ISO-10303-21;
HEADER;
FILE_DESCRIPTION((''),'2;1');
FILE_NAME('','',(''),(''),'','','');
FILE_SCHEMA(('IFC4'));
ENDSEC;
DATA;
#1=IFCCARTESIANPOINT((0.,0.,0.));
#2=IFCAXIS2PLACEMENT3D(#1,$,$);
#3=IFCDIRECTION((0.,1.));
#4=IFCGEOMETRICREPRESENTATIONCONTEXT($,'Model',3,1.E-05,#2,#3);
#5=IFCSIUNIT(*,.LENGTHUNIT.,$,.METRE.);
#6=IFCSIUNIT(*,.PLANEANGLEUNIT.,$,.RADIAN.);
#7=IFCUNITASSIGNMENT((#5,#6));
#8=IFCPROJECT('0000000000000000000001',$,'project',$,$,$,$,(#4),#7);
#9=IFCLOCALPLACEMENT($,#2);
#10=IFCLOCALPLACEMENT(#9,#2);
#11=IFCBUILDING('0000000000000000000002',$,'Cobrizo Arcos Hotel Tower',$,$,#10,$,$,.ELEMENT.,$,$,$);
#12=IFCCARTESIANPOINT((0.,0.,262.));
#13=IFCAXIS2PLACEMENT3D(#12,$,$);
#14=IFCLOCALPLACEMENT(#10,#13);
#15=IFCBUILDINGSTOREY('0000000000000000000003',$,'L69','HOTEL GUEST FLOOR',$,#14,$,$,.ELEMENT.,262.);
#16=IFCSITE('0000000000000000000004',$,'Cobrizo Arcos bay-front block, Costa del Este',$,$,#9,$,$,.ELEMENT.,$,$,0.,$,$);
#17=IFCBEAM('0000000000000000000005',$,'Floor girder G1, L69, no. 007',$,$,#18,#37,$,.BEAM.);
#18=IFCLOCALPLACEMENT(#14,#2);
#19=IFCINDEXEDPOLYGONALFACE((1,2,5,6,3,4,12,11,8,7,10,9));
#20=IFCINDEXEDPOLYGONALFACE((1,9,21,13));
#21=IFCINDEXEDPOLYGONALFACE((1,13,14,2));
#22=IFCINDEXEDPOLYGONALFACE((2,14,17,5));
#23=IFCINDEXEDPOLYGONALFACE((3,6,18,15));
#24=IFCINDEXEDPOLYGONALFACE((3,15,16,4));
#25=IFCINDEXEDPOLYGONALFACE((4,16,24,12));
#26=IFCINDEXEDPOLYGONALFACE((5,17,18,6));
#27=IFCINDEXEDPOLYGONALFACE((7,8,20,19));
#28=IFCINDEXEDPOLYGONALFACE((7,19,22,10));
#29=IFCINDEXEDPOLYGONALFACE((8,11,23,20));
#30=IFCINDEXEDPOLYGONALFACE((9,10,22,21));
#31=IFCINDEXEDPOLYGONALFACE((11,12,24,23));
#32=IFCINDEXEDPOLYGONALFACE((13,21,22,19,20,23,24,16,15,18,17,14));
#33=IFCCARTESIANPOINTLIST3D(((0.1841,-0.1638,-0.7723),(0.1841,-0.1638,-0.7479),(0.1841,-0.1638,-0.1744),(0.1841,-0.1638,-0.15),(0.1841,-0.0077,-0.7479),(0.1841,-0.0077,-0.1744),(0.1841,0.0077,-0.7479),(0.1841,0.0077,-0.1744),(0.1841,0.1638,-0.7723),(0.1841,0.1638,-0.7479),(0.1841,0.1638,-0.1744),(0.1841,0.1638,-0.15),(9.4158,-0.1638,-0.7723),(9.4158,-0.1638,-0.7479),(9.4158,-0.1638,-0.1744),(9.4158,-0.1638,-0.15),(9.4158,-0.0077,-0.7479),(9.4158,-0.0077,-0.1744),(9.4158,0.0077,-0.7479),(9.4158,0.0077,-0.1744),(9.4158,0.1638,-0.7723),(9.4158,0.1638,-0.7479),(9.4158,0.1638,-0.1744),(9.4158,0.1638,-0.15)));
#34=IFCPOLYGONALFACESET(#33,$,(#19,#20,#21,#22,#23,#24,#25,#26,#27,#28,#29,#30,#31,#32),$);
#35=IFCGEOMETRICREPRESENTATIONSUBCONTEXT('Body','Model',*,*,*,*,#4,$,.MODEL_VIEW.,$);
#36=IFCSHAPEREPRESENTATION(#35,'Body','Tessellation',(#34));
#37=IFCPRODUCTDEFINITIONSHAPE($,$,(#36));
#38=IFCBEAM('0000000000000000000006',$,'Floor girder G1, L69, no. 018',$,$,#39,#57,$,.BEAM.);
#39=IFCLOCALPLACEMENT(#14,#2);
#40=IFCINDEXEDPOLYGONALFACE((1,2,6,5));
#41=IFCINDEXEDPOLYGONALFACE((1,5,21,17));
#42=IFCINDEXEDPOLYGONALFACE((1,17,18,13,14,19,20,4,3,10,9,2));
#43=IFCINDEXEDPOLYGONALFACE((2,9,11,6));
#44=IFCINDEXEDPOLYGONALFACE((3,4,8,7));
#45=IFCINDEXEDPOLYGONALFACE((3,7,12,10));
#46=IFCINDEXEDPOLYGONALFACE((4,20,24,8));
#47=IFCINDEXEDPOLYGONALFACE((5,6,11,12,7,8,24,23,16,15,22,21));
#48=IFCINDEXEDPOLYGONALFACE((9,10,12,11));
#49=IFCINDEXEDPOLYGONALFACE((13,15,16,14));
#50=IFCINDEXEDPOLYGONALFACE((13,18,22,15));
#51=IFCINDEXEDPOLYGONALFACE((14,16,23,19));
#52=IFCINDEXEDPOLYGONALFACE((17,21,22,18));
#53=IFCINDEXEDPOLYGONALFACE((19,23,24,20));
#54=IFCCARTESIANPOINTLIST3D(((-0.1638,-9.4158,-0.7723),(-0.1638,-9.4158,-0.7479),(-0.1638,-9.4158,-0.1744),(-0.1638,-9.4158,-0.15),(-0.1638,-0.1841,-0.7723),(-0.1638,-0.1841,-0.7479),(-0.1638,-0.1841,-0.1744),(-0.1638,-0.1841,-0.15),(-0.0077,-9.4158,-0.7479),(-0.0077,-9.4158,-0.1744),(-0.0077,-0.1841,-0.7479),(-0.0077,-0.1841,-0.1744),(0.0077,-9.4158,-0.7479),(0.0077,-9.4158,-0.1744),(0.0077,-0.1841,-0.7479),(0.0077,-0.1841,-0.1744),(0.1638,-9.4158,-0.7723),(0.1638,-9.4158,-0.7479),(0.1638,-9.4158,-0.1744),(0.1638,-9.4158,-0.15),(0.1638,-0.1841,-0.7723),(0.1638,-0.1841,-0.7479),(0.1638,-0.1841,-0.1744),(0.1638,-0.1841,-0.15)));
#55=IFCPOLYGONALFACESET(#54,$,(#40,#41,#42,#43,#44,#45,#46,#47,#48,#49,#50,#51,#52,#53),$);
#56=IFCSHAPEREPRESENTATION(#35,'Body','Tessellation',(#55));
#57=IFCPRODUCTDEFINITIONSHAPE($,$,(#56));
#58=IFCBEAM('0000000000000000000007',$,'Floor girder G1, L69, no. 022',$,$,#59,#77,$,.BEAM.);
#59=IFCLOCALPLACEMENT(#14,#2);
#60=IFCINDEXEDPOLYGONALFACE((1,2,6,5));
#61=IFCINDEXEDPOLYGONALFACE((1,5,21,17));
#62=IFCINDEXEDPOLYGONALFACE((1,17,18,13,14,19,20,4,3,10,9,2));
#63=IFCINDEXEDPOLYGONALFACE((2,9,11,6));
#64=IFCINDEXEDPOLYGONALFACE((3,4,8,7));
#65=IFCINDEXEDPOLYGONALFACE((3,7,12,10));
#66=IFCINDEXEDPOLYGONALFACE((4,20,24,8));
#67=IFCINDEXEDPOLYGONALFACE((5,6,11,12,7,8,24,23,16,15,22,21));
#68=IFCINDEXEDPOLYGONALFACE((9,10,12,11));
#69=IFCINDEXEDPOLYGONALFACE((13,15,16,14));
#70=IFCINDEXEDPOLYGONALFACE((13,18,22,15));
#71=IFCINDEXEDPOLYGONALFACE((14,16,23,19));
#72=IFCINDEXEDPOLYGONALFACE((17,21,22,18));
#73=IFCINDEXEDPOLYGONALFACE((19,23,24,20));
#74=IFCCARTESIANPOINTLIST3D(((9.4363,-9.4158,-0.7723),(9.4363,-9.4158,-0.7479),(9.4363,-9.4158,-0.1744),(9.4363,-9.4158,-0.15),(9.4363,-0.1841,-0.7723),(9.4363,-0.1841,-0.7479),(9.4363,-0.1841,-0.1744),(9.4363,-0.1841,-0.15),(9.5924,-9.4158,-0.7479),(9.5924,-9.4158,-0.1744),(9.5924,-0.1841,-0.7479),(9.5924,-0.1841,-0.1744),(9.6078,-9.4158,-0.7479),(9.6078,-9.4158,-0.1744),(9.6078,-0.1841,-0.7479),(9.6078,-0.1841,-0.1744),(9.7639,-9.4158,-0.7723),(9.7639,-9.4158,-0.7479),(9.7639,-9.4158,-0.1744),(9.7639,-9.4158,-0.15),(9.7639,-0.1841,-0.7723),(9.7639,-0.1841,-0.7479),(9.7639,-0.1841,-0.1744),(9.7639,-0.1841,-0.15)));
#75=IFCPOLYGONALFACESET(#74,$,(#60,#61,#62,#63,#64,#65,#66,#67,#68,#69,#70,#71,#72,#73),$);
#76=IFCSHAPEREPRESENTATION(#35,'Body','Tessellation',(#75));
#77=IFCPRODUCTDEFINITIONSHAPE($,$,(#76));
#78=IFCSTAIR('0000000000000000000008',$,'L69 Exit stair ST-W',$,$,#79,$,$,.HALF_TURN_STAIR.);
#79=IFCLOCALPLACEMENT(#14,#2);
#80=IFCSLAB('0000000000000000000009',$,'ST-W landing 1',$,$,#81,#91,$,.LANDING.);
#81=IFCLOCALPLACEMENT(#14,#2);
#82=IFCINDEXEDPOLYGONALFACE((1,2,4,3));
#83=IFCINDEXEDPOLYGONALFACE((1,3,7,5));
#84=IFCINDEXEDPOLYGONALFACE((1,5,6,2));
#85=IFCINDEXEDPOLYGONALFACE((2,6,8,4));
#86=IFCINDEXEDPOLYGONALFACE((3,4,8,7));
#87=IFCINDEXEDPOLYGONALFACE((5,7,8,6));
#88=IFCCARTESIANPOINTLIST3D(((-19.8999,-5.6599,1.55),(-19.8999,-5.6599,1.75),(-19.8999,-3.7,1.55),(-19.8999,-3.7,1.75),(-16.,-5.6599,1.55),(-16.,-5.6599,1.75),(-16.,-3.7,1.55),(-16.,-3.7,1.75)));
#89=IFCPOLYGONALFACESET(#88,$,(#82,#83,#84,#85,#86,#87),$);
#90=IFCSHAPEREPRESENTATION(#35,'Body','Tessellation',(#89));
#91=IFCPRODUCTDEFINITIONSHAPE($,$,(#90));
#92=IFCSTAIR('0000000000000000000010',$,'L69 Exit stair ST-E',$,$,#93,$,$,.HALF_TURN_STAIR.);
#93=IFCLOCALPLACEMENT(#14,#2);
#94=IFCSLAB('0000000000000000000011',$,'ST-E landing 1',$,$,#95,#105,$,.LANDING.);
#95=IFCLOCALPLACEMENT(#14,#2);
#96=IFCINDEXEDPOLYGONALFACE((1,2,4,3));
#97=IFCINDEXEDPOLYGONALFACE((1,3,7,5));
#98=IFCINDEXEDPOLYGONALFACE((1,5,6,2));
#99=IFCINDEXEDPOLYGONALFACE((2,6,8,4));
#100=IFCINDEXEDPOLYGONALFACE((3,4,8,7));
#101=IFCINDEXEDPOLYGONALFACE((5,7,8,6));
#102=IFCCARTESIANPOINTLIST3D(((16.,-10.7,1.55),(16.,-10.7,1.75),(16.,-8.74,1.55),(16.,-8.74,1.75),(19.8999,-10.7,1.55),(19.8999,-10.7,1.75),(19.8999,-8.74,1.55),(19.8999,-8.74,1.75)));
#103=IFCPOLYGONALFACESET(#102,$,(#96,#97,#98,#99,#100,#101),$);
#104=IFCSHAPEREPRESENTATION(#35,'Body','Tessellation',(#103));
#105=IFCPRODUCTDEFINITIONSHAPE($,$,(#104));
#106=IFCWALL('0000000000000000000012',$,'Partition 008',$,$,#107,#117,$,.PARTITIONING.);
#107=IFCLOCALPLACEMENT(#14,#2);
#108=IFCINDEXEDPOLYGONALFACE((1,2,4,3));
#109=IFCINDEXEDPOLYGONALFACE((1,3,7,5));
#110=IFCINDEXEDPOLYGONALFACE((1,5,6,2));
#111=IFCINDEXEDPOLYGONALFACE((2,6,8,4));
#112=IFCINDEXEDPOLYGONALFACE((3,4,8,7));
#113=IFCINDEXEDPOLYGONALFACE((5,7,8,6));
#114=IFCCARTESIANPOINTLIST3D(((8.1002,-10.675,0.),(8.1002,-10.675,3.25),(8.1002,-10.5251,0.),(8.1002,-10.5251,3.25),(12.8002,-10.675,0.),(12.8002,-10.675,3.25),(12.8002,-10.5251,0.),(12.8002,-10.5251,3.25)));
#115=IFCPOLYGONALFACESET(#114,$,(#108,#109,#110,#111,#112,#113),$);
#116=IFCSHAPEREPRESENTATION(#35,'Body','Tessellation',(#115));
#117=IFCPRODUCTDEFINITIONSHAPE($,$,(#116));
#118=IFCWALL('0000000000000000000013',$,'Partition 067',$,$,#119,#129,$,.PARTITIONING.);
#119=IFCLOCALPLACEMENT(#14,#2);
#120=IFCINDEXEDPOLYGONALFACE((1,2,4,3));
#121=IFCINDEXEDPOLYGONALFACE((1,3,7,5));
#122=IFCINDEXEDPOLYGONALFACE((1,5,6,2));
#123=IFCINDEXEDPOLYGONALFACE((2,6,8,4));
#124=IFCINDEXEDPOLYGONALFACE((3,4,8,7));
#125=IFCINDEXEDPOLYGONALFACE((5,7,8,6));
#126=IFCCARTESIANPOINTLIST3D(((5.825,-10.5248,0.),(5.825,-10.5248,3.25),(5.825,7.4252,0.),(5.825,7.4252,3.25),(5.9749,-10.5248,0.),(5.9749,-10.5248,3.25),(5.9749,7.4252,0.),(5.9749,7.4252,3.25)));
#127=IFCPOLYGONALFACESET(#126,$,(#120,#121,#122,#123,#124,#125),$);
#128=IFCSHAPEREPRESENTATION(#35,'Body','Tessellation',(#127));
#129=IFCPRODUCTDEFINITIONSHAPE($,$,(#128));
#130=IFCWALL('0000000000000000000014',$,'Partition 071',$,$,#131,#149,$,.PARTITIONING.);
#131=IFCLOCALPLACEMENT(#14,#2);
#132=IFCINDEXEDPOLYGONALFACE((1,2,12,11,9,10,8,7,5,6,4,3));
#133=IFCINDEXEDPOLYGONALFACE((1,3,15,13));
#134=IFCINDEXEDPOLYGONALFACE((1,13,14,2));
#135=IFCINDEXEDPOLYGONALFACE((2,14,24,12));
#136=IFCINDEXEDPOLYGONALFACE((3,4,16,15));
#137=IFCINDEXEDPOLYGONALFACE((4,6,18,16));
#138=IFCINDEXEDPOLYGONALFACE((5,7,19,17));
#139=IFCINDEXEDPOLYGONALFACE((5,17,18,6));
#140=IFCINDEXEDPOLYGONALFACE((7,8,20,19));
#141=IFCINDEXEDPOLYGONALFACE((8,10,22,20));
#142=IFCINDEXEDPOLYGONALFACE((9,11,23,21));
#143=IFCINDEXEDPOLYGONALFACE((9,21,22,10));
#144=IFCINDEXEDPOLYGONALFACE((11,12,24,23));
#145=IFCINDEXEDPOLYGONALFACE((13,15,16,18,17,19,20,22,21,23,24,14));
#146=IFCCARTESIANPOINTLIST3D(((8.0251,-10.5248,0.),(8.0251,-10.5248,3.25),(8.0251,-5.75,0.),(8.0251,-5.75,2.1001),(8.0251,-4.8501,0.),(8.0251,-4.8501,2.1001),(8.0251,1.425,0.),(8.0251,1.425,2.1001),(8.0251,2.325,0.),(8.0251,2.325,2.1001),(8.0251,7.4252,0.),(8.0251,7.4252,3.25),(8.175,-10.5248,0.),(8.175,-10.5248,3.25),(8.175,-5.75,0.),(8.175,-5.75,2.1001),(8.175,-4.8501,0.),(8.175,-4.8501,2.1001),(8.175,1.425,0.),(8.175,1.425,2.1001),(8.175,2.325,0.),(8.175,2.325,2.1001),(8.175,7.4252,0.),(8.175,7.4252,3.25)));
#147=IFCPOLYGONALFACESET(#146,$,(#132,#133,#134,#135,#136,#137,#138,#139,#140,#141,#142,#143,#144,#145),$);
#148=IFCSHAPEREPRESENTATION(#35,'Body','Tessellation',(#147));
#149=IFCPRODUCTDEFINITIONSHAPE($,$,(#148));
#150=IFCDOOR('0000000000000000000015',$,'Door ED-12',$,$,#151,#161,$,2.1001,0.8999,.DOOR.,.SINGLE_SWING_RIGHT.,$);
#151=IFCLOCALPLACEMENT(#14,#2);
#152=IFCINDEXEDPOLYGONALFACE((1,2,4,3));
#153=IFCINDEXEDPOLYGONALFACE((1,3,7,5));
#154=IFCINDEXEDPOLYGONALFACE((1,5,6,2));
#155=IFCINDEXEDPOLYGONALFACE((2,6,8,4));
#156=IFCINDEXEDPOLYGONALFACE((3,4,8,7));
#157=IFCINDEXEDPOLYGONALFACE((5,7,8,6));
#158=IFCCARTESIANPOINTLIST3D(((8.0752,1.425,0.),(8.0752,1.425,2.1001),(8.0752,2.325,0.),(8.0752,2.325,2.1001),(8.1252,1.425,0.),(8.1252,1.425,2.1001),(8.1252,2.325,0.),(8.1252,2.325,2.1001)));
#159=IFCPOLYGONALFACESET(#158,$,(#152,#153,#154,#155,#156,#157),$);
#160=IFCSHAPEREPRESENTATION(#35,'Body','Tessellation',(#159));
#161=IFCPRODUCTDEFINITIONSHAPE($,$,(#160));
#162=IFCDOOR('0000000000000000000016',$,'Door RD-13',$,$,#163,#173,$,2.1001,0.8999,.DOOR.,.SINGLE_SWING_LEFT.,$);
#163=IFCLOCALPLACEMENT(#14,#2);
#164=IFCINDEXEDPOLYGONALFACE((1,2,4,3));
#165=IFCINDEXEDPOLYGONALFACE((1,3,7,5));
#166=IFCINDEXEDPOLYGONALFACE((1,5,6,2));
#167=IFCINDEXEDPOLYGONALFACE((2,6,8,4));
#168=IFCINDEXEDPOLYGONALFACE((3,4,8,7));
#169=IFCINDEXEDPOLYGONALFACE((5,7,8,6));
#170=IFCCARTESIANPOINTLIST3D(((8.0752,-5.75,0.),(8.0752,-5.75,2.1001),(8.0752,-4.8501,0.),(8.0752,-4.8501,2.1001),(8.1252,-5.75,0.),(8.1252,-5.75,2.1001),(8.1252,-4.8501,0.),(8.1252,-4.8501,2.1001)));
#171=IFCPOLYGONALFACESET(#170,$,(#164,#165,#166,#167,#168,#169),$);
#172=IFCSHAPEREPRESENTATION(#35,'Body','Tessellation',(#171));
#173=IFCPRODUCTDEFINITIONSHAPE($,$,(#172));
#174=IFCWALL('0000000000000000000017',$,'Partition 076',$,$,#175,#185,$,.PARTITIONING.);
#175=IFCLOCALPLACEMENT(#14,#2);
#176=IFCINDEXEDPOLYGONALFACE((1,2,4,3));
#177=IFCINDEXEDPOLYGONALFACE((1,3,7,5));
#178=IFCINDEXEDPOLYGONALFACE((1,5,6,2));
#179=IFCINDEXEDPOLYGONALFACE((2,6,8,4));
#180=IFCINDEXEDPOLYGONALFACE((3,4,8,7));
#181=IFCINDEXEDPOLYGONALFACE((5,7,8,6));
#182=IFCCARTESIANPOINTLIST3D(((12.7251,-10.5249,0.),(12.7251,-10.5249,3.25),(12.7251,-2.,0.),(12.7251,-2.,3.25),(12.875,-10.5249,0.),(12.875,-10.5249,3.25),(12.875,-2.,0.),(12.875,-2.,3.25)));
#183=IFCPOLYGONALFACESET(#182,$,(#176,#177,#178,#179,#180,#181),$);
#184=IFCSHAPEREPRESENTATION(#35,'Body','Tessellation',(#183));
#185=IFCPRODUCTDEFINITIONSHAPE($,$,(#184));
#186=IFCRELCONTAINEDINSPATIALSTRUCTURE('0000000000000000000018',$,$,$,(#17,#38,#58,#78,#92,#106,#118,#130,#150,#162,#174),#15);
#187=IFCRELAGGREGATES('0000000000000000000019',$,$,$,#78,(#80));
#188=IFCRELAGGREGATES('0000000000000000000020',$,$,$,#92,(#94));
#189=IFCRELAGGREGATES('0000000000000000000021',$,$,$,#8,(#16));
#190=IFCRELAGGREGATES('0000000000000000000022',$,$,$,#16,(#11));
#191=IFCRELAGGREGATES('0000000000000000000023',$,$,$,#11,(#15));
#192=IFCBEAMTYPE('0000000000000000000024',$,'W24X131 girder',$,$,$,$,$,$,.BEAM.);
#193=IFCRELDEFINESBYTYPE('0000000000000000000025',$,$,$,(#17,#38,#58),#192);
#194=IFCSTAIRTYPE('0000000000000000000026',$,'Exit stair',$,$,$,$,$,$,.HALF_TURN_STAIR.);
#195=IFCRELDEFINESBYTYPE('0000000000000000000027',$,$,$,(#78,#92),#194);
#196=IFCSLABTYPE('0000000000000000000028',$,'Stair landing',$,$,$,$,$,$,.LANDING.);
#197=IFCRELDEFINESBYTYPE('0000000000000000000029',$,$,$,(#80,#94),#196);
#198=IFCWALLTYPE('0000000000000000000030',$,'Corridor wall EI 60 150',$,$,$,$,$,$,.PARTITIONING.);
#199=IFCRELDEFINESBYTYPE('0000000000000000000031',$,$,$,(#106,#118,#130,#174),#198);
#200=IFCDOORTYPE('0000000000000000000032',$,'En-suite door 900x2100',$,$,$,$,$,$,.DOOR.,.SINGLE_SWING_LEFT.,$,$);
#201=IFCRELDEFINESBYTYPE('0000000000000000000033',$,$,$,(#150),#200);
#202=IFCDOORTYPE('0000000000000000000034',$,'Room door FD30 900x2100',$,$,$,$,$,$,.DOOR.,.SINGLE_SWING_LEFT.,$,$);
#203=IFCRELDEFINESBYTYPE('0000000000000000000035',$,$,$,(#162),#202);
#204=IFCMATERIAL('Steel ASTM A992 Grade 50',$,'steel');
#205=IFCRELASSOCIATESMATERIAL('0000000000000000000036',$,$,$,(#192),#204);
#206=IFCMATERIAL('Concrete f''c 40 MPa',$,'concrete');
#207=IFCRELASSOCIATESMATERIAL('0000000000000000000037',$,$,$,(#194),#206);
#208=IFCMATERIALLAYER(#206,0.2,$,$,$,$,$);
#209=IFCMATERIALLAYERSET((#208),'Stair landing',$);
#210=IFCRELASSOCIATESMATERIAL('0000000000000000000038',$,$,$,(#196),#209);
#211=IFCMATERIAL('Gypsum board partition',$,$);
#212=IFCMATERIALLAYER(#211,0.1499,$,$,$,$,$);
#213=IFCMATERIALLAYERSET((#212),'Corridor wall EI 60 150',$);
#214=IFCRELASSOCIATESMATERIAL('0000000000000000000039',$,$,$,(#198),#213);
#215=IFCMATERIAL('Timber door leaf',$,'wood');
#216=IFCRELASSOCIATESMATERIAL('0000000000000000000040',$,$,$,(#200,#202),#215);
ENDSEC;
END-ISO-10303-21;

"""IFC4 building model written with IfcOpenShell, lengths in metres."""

from ifc_helpers import new_model, si_unit, direction, frame, frame_2d, origin, origin_2d, place, context, subcontext, project, spatial, polyline, rectangle, i_section, outline, extrude, material, layer, layer_set, material_profile, profile_set, type_object, element, fill, aggregate, save


model = new_model("IFC4")

# Units and contexts
model_context = context("Model", 3, precision=1e-05, world=origin(), true_north=direction((0.0, 1.0)))
body_context = subcontext(model_context, "Body", "Model", "MODEL_VIEW")
ifc_project = project(units=[si_unit("LENGTHUNIT", "METRE"), si_unit("PLANEANGLEUNIT", "RADIAN")], contexts=[model_context])

# Site, building, storey
site_placement = place(None, origin())
site = spatial("IfcSite", under=ifc_project, at=site_placement, Name="Cobrizo Arcos bay-front block, Costa del Este", CompositionType="ELEMENT", RefElevation=0.0)
building_placement = place(site_placement, origin())
building = spatial("IfcBuilding", under=site, at=building_placement, Name="Cobrizo Arcos Hotel Tower", CompositionType="ELEMENT")
storey_placement = place(building_placement, frame((0.0, 0.0, 262.0)))
storey = spatial("IfcBuildingStorey", under=building, at=storey_placement, Name="L69", Description="HOTEL GUEST FLOOR", CompositionType="ELEMENT", Elevation=262.0)

# Shared definitions
ifc_material_1 = material(Name="Steel ASTM A992 Grade 50", Category="steel")

# Beams
ifc_material_profile_1 = material_profile(ifc_material_1, i_section(OverallWidth=0.3276, OverallDepth=0.6223, WebThickness=0.0154, FlangeThickness=0.0244, at=origin_2d()), Name="W24X131")
ifc_profile_set_1 = profile_set([ifc_material_profile_1], Name="Steel ASTM A992 Grade 50")
beam_type_1 = type_object("IfcBeamType", Name="W24X131 girder", PredefinedType="BEAM", material=ifc_profile_set_1)
for number, where, z_axis, x_axis, name in (
    (1, (0.1841, 0.0, -0.4612), (1.0, 0.0, 0.0), (0.0, 1.0, 0.0), "Floor girder G1, L69, no. 007"),
    (2, (0.0, -9.4158, -0.4612), (0.0, 1.0, 0.0), (-1.0, 0.0, 0.0), "Floor girder G1, L69, no. 018"),
    (3, (9.6001, -9.4158, -0.4612), (0.0, 1.0, 0.0), (-1.0, 0.0, 0.0), "Floor girder G1, L69, no. 022"),
):
    element("IfcBeam", number, at=place(storey_placement, frame(where, z_axis=z_axis, x_axis=x_axis)), inside=storey, type_object=beam_type_1, Name=name, PredefinedType="BEAM", context=body_context, shape_type="SweptSolid", body=[
        extrude(i_section(OverallWidth=0.3276, OverallDepth=0.6223, WebThickness=0.0154, FlangeThickness=0.0244, at=origin_2d()), origin(), (0.0, 0.0, 1.0), 9.2317),
    ])

# Stairs, slabs
ifc_material_2 = material(Name="Concrete f'c 40 MPa", Category="concrete")
stair_type = type_object("IfcStairType", Name="Exit stair", PredefinedType="HALF_TURN_STAIR", material=ifc_material_2)
stair_1_placement = place(storey_placement, origin())
stair_1 = element("IfcStair", 4, at=stair_1_placement, inside=storey, type_object=stair_type, Name="L69 Exit stair ST-W", PredefinedType="HALF_TURN_STAIR")
ifc_layer_1 = layer(ifc_material_2, 0.2)
ifc_layer_set_1 = layer_set([ifc_layer_1], Name="Stair landing")
slab_type = type_object("IfcSlabType", Name="Stair landing", PredefinedType="LANDING", material=ifc_layer_set_1)
slab_1_placement = place(storey_placement, frame((0.0, 0.0, 1.55)))
slab_1 = element("IfcSlab", 5, at=slab_1_placement, type_object=slab_type, Name="ST-W landing 1", PredefinedType="LANDING", context=body_context, shape_type="SweptSolid", body=[
    extrude(outline(polyline([(-16.0, -5.6599), (-16.0, -3.7), (-19.8999, -3.7), (-19.8999, -5.6599), (-16.0, -5.6599)])), origin(), (0.0, 0.0, 1.0), 0.2),
])
aggregate(stair_1, [slab_1])
stair_2_placement = place(storey_placement, origin())
stair_2 = element("IfcStair", 6, at=stair_2_placement, inside=storey, type_object=stair_type, Name="L69 Exit stair ST-E", PredefinedType="HALF_TURN_STAIR")
slab_2_placement = place(storey_placement, frame((0.0, 0.0, 1.55)))
slab_2 = element("IfcSlab", 7, at=slab_2_placement, type_object=slab_type, Name="ST-E landing 1", PredefinedType="LANDING", context=body_context, shape_type="SweptSolid", body=[
    extrude(outline(polyline([(16.0, -8.74), (16.0, -10.7), (19.8999, -10.7), (19.8999, -8.74), (16.0, -8.74)])), origin(), (0.0, 0.0, 1.0), 0.2),
])
aggregate(stair_2, [slab_2])

# Walls
ifc_material_3 = material(Name="Gypsum board partition")
ifc_layer_2 = layer(ifc_material_3, 0.1499)
ifc_layer_set_2 = layer_set([ifc_layer_2], Name="Corridor wall EI 60 150")
wall_type_1 = type_object("IfcWallType", Name="Corridor wall EI 60 150", PredefinedType="PARTITIONING", material=ifc_layer_set_2)
wall_1_placement = place(storey_placement, frame((8.1001, -10.6001, 0.0), z_axis=(0.0, 0.0, 1.0), x_axis=(1.0, 0.0, 0.0)))
element("IfcWall", 8, at=wall_1_placement, inside=storey, type_object=wall_type_1, Name="Partition 008", PredefinedType="PARTITIONING", context=body_context, shape_type="SweptSolid", body=[
    extrude(rectangle(XDim=4.7, YDim=0.1499, at=frame_2d((2.3501, 0.0))), origin(), (0.0, 0.0, 1.0), 3.25),
])
wall_2_placement = place(storey_placement, frame((5.8999, -10.5249, 0.0), z_axis=(0.0, 0.0, 1.0), x_axis=(0.0, 1.0, 0.0)))
element("IfcWall", 9, at=wall_2_placement, inside=storey, type_object=wall_type_1, Name="Partition 067", PredefinedType="PARTITIONING", context=body_context, shape_type="SweptSolid", body=[
    extrude(rectangle(XDim=17.95, YDim=0.1499, at=frame_2d((8.9751, 0.0))), origin(), (0.0, 0.0, 1.0), 3.25),
])

# Wall, openings, doors
wall_3_placement = place(storey_placement, frame((8.1001, -10.5249, 0.0), z_axis=(0.0, 0.0, 1.0), x_axis=(0.0, 1.0, 0.0)))
wall_3 = element("IfcWall", 10, at=wall_3_placement, inside=storey, type_object=wall_type_1, Name="Partition 071", PredefinedType="PARTITIONING", context=body_context, shape_type="SweptSolid", body=[
    extrude(rectangle(XDim=17.95, YDim=0.1499, at=frame_2d((8.9751, 0.0))), origin(), (0.0, 0.0, 1.0), 3.25),
])
opening_1_placement = place(wall_3_placement, frame((11.95, 0.0, 0.0)))
opening_1 = element("IfcOpeningElement", 11, at=opening_1_placement, cuts=wall_3, PredefinedType="OPENING", context=body_context, shape_type="SweptSolid", body=[
    extrude(rectangle(XDim=0.8999, YDim=2.1001, at=frame_2d((0.45, 1.05))), frame((0.0, 0.0869, 0.0), z_axis=(0.0, -1.0, 0.0), x_axis=(1.0, 0.0, 0.0)), (0.0, 0.0, 1.0), 0.1738),
])
opening_2_placement = place(wall_3_placement, frame((4.7749, 0.0, 0.0)))
opening_2 = element("IfcOpeningElement", 12, at=opening_2_placement, cuts=wall_3, PredefinedType="OPENING", context=body_context, shape_type="SweptSolid", body=[
    extrude(rectangle(XDim=0.8999, YDim=2.1001, at=frame_2d((0.45, 1.05))), frame((0.0, 0.0869, 0.0), z_axis=(0.0, -1.0, 0.0), x_axis=(1.0, 0.0, 0.0)), (0.0, 0.0, 1.0), 0.1738),
])
ifc_material_4 = material(Name="Timber door leaf", Category="wood")
door_type_1 = type_object("IfcDoorType", Name="En-suite door 900x2100", OperationType="SINGLE_SWING_LEFT", PredefinedType="DOOR", material=ifc_material_4)
door_1_placement = place(opening_1_placement, origin())
door_1 = element("IfcDoor", 13, at=door_1_placement, inside=storey, type_object=door_type_1, Name="Door ED-12", OperationType="SINGLE_SWING_RIGHT", OverallHeight=2.1001, OverallWidth=0.8999, PredefinedType="DOOR", context=body_context, shape_type="SweptSolid", body=[
    extrude(rectangle(XDim=0.8999, YDim=2.1001, at=frame_2d((0.45, 1.05))), frame((0.0, 0.0249, 0.0), z_axis=(0.0, -1.0, 0.0), x_axis=(1.0, 0.0, 0.0)), (0.0, 0.0, 1.0), 0.05),
])
fill(opening_1, door_1)
door_type_2 = type_object("IfcDoorType", Name="Room door FD30 900x2100", OperationType="SINGLE_SWING_LEFT", PredefinedType="DOOR", material=ifc_material_4)
door_2_placement = place(opening_2_placement, origin())
door_2 = element("IfcDoor", 14, at=door_2_placement, inside=storey, type_object=door_type_2, Name="Door RD-13", OperationType="SINGLE_SWING_LEFT", OverallHeight=2.1001, OverallWidth=0.8999, PredefinedType="DOOR", context=body_context, shape_type="SweptSolid", body=[
    extrude(rectangle(XDim=0.8999, YDim=2.1001, at=frame_2d((0.45, 1.05))), frame((0.0, 0.0249, 0.0), z_axis=(0.0, -1.0, 0.0), x_axis=(1.0, 0.0, 0.0)), (0.0, 0.0, 1.0), 0.05),
])
fill(opening_2, door_2)

# Wall
wall_4_placement = place(storey_placement, frame((12.8, -10.5249, 0.0), z_axis=(0.0, 0.0, 1.0), x_axis=(0.0, 1.0, 0.0)))
element("IfcWall", 15, at=wall_4_placement, inside=storey, type_object=wall_type_1, Name="Partition 076", PredefinedType="PARTITIONING", context=body_context, shape_type="SweptSolid", body=[
    extrude(rectangle(XDim=8.5249, YDim=0.1499, at=frame_2d((4.2625, 0.0))), origin(), (0.0, 0.0, 1.0), 3.25),
])

save(model, "model.ifc")
